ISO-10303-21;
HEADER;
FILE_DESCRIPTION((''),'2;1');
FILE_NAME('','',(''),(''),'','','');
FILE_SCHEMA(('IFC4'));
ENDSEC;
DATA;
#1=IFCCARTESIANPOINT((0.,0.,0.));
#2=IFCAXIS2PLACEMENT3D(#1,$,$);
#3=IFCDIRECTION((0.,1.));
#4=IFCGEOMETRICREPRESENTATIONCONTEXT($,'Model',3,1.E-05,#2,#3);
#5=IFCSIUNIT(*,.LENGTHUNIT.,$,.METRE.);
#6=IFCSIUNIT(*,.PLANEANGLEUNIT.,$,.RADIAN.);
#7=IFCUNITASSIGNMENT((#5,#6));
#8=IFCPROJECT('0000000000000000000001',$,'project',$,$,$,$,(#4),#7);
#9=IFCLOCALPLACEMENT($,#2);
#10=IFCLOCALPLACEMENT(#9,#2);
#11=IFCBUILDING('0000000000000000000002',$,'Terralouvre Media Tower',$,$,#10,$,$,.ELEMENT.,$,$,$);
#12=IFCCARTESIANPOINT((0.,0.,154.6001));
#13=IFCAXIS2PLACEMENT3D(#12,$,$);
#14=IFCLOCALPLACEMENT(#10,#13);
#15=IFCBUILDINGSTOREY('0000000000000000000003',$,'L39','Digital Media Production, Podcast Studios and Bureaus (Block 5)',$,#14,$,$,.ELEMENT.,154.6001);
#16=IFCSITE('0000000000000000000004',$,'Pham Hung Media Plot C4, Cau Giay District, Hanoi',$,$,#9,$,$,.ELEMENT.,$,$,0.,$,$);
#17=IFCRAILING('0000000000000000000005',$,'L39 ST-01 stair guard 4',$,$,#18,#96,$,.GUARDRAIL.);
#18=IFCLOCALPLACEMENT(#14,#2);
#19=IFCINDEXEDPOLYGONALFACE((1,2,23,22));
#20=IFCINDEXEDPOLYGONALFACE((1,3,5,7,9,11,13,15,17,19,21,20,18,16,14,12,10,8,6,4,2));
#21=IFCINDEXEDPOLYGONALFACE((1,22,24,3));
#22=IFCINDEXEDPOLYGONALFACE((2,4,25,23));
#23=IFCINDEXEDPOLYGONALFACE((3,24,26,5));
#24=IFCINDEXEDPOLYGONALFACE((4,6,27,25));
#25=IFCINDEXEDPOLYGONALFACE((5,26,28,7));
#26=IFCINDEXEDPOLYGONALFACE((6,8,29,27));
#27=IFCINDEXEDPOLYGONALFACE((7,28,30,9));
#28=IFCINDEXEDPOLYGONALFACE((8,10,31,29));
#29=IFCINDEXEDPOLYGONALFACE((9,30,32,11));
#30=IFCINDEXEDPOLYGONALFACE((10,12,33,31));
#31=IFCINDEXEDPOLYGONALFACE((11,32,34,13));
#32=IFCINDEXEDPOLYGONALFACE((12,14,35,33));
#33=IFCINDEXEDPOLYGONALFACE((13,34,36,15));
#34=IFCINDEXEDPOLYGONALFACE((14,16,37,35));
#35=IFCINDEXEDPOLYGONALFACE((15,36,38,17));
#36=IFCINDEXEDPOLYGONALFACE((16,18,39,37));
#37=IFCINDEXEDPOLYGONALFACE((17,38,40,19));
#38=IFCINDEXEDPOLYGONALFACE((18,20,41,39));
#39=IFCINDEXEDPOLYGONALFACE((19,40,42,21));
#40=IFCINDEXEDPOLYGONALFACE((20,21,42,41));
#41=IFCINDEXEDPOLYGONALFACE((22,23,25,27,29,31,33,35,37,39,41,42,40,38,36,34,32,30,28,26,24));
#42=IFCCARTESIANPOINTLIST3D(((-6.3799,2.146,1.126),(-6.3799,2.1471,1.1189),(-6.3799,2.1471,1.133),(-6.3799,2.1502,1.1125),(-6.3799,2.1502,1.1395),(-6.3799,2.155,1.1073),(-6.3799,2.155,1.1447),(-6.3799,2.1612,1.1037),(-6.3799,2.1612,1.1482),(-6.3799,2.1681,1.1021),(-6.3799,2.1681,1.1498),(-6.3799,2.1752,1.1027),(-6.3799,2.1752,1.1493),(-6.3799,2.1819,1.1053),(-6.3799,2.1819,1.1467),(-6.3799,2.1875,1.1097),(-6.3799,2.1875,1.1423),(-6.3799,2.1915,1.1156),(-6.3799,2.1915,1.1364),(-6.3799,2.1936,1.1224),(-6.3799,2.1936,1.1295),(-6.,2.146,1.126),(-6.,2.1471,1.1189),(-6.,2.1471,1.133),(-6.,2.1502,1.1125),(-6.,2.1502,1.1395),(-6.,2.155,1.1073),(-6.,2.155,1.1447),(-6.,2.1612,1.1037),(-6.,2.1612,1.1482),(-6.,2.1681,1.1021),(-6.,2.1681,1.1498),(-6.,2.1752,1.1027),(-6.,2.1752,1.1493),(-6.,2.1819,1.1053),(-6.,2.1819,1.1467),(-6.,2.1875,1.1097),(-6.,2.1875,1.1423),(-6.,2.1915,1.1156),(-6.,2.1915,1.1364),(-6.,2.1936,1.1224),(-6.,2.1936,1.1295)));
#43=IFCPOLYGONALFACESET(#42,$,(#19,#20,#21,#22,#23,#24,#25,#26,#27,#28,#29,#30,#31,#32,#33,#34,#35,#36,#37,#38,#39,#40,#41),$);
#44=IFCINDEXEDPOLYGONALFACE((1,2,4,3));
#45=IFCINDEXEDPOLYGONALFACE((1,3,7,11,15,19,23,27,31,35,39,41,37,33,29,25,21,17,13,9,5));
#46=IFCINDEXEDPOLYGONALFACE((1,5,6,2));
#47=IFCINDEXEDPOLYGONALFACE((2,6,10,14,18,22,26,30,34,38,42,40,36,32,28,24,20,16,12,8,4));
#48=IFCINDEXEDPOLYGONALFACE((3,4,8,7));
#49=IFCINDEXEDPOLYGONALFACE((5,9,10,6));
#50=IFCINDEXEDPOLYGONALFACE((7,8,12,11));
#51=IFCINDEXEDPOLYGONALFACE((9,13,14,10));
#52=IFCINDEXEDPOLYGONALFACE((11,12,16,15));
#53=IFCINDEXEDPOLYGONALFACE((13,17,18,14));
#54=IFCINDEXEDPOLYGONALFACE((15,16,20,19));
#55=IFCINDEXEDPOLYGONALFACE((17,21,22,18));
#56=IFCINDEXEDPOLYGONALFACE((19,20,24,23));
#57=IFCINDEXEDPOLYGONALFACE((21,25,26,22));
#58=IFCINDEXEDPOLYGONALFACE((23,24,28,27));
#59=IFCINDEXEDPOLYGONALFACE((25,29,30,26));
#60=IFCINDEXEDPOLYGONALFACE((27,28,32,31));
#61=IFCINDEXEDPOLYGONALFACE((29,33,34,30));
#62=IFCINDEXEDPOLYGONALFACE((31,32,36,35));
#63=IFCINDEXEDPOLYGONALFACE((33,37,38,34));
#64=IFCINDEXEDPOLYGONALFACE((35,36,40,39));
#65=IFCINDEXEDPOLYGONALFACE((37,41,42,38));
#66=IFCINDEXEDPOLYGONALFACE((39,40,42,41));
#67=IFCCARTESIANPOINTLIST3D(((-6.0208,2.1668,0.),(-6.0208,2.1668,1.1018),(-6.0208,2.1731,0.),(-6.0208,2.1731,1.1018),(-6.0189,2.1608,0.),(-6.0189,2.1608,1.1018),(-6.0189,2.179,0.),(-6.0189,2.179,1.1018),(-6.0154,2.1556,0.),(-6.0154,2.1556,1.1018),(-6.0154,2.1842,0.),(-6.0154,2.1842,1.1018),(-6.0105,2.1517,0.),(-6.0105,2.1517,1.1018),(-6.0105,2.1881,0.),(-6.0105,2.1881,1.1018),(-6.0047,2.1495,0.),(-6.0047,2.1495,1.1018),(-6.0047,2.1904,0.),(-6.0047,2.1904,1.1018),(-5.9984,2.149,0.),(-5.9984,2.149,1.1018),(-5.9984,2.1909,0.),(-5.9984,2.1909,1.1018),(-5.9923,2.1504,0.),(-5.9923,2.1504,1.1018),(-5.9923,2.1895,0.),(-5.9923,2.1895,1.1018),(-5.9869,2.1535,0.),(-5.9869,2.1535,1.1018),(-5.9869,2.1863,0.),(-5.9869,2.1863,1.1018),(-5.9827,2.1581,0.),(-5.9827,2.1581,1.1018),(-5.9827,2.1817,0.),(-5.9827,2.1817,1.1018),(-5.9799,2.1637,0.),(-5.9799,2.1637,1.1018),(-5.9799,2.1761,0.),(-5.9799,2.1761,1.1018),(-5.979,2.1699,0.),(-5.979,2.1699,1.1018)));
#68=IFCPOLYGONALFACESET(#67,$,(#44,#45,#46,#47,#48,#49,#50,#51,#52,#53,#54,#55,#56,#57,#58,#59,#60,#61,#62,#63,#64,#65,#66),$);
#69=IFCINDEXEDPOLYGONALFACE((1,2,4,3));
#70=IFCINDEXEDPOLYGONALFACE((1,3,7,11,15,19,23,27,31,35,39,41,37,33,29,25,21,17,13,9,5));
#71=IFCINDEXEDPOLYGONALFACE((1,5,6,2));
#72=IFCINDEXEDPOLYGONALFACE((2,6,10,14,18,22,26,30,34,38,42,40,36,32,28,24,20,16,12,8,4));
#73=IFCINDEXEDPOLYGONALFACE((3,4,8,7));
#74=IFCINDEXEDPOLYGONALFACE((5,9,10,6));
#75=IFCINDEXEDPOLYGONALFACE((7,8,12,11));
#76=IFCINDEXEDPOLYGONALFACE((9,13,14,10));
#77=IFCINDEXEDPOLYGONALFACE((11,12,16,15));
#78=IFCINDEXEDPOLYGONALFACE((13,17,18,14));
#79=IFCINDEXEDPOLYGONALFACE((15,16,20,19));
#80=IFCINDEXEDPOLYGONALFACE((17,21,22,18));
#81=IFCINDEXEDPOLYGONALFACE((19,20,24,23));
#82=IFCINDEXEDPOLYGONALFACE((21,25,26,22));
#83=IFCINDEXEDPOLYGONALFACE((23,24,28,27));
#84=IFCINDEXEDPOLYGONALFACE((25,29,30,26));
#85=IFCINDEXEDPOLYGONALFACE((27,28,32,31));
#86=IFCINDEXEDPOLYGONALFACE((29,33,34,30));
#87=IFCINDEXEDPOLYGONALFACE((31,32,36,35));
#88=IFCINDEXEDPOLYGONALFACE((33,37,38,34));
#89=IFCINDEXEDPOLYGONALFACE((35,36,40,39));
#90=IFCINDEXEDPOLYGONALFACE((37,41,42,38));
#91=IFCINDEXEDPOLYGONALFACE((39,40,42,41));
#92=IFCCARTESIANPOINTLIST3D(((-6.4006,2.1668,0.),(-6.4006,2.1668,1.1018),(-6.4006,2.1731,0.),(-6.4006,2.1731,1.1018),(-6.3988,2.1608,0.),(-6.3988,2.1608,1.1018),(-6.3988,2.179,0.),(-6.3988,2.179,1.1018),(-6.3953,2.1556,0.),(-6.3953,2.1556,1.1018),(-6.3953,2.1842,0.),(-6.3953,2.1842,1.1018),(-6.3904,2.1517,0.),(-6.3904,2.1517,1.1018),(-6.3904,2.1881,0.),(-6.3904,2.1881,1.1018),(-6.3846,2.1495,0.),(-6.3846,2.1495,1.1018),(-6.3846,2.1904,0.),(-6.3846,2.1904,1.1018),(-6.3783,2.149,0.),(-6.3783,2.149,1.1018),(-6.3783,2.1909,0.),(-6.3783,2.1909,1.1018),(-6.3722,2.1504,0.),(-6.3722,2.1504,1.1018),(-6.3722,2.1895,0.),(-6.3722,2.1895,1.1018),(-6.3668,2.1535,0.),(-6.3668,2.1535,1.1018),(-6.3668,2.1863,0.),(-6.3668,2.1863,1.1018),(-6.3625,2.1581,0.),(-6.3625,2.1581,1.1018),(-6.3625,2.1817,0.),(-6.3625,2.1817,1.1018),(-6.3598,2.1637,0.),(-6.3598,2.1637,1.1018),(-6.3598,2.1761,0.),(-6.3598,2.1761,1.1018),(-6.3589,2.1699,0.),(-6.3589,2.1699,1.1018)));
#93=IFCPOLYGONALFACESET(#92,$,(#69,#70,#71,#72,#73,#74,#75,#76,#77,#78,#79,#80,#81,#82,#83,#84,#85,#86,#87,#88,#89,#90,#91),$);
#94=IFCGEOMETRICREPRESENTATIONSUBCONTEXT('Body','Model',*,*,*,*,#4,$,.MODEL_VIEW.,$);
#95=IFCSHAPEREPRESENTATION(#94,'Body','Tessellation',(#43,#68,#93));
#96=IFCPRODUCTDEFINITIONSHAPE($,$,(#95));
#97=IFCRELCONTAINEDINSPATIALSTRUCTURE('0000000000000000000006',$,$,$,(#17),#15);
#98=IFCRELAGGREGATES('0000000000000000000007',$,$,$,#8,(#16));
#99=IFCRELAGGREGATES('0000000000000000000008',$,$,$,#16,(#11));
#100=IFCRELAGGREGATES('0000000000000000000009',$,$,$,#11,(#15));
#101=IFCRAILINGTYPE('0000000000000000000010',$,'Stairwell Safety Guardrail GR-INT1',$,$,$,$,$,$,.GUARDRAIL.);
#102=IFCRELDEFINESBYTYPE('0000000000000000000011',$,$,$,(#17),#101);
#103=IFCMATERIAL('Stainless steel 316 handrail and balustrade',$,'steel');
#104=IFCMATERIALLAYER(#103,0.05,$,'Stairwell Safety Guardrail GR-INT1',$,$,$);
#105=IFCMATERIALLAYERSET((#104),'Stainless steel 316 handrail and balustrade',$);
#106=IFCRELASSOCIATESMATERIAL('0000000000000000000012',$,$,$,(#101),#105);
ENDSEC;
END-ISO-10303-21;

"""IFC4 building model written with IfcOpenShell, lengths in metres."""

from ifc_helpers import new_model, si_unit, direction, frame, origin, origin_2d, place, context, subcontext, project, spatial, circle, extrude, material, layer, layer_set, type_object, element, save


model = new_model("IFC4")

# Units and contexts
model_context = context("Model", 3, precision=1e-05, world=origin(), true_north=direction((0.0, 1.0)))
body_context = subcontext(model_context, "Body", "Model", "MODEL_VIEW")
ifc_project = project(units=[si_unit("LENGTHUNIT", "METRE"), si_unit("PLANEANGLEUNIT", "RADIAN")], contexts=[model_context])

# Site, building, storey
site_placement = place(None, origin())
site = spatial("IfcSite", under=ifc_project, at=site_placement, Name="Pham Hung Media Plot C4, Cau Giay District, Hanoi", CompositionType="ELEMENT", RefElevation=0.0)
building_placement = place(site_placement, origin())
building = spatial("IfcBuilding", under=site, at=building_placement, Name="Terralouvre Media Tower", CompositionType="ELEMENT")
storey_placement = place(building_placement, frame((0.0, 0.0, 154.6001)))
storey = spatial("IfcBuildingStorey", under=building, at=storey_placement, Name="L39", Description="Digital Media Production, Podcast Studios and Bureaus (Block 5)", CompositionType="ELEMENT", Elevation=154.6001)

# Railing
ifc_material_1 = material(Name="Stainless steel 316 handrail and balustrade", Category="steel")
ifc_layer_1 = layer(ifc_material_1, 0.05, Name="Stairwell Safety Guardrail GR-INT1")
ifc_layer_set_1 = layer_set([ifc_layer_1], Name="Stainless steel 316 handrail and balustrade")
railing_type_1 = type_object("IfcRailingType", Name="Stairwell Safety Guardrail GR-INT1", PredefinedType="GUARDRAIL", material=ifc_layer_set_1)
railing_1_placement = place(storey_placement, frame((-6.0, 2.1699, 0.0)))
element("IfcRailing", 1, at=railing_1_placement, inside=storey, type_object=railing_type_1, Name="L39 ST-01 stair guard 4", PredefinedType="GUARDRAIL", context=body_context, shape_type="SweptSolid", body=[
    extrude(circle(Radius=0.0239, at=origin_2d()), frame((0.0, 0.0, 1.126), z_axis=(-1.0, 0.0, 0.0), x_axis=(0.0, -1.0, 0.0)), (0.0, 0.0, 1.0), 0.3799),
    extrude(circle(Radius=0.021, at=origin_2d()), origin(), (0.0, 0.0, 1.0), 1.1018),
    extrude(circle(Radius=0.021, at=origin_2d()), frame((-0.3799, 0.0, 0.0)), (0.0, 0.0, 1.0), 1.1018),
])

save(model, "model.ifc")
